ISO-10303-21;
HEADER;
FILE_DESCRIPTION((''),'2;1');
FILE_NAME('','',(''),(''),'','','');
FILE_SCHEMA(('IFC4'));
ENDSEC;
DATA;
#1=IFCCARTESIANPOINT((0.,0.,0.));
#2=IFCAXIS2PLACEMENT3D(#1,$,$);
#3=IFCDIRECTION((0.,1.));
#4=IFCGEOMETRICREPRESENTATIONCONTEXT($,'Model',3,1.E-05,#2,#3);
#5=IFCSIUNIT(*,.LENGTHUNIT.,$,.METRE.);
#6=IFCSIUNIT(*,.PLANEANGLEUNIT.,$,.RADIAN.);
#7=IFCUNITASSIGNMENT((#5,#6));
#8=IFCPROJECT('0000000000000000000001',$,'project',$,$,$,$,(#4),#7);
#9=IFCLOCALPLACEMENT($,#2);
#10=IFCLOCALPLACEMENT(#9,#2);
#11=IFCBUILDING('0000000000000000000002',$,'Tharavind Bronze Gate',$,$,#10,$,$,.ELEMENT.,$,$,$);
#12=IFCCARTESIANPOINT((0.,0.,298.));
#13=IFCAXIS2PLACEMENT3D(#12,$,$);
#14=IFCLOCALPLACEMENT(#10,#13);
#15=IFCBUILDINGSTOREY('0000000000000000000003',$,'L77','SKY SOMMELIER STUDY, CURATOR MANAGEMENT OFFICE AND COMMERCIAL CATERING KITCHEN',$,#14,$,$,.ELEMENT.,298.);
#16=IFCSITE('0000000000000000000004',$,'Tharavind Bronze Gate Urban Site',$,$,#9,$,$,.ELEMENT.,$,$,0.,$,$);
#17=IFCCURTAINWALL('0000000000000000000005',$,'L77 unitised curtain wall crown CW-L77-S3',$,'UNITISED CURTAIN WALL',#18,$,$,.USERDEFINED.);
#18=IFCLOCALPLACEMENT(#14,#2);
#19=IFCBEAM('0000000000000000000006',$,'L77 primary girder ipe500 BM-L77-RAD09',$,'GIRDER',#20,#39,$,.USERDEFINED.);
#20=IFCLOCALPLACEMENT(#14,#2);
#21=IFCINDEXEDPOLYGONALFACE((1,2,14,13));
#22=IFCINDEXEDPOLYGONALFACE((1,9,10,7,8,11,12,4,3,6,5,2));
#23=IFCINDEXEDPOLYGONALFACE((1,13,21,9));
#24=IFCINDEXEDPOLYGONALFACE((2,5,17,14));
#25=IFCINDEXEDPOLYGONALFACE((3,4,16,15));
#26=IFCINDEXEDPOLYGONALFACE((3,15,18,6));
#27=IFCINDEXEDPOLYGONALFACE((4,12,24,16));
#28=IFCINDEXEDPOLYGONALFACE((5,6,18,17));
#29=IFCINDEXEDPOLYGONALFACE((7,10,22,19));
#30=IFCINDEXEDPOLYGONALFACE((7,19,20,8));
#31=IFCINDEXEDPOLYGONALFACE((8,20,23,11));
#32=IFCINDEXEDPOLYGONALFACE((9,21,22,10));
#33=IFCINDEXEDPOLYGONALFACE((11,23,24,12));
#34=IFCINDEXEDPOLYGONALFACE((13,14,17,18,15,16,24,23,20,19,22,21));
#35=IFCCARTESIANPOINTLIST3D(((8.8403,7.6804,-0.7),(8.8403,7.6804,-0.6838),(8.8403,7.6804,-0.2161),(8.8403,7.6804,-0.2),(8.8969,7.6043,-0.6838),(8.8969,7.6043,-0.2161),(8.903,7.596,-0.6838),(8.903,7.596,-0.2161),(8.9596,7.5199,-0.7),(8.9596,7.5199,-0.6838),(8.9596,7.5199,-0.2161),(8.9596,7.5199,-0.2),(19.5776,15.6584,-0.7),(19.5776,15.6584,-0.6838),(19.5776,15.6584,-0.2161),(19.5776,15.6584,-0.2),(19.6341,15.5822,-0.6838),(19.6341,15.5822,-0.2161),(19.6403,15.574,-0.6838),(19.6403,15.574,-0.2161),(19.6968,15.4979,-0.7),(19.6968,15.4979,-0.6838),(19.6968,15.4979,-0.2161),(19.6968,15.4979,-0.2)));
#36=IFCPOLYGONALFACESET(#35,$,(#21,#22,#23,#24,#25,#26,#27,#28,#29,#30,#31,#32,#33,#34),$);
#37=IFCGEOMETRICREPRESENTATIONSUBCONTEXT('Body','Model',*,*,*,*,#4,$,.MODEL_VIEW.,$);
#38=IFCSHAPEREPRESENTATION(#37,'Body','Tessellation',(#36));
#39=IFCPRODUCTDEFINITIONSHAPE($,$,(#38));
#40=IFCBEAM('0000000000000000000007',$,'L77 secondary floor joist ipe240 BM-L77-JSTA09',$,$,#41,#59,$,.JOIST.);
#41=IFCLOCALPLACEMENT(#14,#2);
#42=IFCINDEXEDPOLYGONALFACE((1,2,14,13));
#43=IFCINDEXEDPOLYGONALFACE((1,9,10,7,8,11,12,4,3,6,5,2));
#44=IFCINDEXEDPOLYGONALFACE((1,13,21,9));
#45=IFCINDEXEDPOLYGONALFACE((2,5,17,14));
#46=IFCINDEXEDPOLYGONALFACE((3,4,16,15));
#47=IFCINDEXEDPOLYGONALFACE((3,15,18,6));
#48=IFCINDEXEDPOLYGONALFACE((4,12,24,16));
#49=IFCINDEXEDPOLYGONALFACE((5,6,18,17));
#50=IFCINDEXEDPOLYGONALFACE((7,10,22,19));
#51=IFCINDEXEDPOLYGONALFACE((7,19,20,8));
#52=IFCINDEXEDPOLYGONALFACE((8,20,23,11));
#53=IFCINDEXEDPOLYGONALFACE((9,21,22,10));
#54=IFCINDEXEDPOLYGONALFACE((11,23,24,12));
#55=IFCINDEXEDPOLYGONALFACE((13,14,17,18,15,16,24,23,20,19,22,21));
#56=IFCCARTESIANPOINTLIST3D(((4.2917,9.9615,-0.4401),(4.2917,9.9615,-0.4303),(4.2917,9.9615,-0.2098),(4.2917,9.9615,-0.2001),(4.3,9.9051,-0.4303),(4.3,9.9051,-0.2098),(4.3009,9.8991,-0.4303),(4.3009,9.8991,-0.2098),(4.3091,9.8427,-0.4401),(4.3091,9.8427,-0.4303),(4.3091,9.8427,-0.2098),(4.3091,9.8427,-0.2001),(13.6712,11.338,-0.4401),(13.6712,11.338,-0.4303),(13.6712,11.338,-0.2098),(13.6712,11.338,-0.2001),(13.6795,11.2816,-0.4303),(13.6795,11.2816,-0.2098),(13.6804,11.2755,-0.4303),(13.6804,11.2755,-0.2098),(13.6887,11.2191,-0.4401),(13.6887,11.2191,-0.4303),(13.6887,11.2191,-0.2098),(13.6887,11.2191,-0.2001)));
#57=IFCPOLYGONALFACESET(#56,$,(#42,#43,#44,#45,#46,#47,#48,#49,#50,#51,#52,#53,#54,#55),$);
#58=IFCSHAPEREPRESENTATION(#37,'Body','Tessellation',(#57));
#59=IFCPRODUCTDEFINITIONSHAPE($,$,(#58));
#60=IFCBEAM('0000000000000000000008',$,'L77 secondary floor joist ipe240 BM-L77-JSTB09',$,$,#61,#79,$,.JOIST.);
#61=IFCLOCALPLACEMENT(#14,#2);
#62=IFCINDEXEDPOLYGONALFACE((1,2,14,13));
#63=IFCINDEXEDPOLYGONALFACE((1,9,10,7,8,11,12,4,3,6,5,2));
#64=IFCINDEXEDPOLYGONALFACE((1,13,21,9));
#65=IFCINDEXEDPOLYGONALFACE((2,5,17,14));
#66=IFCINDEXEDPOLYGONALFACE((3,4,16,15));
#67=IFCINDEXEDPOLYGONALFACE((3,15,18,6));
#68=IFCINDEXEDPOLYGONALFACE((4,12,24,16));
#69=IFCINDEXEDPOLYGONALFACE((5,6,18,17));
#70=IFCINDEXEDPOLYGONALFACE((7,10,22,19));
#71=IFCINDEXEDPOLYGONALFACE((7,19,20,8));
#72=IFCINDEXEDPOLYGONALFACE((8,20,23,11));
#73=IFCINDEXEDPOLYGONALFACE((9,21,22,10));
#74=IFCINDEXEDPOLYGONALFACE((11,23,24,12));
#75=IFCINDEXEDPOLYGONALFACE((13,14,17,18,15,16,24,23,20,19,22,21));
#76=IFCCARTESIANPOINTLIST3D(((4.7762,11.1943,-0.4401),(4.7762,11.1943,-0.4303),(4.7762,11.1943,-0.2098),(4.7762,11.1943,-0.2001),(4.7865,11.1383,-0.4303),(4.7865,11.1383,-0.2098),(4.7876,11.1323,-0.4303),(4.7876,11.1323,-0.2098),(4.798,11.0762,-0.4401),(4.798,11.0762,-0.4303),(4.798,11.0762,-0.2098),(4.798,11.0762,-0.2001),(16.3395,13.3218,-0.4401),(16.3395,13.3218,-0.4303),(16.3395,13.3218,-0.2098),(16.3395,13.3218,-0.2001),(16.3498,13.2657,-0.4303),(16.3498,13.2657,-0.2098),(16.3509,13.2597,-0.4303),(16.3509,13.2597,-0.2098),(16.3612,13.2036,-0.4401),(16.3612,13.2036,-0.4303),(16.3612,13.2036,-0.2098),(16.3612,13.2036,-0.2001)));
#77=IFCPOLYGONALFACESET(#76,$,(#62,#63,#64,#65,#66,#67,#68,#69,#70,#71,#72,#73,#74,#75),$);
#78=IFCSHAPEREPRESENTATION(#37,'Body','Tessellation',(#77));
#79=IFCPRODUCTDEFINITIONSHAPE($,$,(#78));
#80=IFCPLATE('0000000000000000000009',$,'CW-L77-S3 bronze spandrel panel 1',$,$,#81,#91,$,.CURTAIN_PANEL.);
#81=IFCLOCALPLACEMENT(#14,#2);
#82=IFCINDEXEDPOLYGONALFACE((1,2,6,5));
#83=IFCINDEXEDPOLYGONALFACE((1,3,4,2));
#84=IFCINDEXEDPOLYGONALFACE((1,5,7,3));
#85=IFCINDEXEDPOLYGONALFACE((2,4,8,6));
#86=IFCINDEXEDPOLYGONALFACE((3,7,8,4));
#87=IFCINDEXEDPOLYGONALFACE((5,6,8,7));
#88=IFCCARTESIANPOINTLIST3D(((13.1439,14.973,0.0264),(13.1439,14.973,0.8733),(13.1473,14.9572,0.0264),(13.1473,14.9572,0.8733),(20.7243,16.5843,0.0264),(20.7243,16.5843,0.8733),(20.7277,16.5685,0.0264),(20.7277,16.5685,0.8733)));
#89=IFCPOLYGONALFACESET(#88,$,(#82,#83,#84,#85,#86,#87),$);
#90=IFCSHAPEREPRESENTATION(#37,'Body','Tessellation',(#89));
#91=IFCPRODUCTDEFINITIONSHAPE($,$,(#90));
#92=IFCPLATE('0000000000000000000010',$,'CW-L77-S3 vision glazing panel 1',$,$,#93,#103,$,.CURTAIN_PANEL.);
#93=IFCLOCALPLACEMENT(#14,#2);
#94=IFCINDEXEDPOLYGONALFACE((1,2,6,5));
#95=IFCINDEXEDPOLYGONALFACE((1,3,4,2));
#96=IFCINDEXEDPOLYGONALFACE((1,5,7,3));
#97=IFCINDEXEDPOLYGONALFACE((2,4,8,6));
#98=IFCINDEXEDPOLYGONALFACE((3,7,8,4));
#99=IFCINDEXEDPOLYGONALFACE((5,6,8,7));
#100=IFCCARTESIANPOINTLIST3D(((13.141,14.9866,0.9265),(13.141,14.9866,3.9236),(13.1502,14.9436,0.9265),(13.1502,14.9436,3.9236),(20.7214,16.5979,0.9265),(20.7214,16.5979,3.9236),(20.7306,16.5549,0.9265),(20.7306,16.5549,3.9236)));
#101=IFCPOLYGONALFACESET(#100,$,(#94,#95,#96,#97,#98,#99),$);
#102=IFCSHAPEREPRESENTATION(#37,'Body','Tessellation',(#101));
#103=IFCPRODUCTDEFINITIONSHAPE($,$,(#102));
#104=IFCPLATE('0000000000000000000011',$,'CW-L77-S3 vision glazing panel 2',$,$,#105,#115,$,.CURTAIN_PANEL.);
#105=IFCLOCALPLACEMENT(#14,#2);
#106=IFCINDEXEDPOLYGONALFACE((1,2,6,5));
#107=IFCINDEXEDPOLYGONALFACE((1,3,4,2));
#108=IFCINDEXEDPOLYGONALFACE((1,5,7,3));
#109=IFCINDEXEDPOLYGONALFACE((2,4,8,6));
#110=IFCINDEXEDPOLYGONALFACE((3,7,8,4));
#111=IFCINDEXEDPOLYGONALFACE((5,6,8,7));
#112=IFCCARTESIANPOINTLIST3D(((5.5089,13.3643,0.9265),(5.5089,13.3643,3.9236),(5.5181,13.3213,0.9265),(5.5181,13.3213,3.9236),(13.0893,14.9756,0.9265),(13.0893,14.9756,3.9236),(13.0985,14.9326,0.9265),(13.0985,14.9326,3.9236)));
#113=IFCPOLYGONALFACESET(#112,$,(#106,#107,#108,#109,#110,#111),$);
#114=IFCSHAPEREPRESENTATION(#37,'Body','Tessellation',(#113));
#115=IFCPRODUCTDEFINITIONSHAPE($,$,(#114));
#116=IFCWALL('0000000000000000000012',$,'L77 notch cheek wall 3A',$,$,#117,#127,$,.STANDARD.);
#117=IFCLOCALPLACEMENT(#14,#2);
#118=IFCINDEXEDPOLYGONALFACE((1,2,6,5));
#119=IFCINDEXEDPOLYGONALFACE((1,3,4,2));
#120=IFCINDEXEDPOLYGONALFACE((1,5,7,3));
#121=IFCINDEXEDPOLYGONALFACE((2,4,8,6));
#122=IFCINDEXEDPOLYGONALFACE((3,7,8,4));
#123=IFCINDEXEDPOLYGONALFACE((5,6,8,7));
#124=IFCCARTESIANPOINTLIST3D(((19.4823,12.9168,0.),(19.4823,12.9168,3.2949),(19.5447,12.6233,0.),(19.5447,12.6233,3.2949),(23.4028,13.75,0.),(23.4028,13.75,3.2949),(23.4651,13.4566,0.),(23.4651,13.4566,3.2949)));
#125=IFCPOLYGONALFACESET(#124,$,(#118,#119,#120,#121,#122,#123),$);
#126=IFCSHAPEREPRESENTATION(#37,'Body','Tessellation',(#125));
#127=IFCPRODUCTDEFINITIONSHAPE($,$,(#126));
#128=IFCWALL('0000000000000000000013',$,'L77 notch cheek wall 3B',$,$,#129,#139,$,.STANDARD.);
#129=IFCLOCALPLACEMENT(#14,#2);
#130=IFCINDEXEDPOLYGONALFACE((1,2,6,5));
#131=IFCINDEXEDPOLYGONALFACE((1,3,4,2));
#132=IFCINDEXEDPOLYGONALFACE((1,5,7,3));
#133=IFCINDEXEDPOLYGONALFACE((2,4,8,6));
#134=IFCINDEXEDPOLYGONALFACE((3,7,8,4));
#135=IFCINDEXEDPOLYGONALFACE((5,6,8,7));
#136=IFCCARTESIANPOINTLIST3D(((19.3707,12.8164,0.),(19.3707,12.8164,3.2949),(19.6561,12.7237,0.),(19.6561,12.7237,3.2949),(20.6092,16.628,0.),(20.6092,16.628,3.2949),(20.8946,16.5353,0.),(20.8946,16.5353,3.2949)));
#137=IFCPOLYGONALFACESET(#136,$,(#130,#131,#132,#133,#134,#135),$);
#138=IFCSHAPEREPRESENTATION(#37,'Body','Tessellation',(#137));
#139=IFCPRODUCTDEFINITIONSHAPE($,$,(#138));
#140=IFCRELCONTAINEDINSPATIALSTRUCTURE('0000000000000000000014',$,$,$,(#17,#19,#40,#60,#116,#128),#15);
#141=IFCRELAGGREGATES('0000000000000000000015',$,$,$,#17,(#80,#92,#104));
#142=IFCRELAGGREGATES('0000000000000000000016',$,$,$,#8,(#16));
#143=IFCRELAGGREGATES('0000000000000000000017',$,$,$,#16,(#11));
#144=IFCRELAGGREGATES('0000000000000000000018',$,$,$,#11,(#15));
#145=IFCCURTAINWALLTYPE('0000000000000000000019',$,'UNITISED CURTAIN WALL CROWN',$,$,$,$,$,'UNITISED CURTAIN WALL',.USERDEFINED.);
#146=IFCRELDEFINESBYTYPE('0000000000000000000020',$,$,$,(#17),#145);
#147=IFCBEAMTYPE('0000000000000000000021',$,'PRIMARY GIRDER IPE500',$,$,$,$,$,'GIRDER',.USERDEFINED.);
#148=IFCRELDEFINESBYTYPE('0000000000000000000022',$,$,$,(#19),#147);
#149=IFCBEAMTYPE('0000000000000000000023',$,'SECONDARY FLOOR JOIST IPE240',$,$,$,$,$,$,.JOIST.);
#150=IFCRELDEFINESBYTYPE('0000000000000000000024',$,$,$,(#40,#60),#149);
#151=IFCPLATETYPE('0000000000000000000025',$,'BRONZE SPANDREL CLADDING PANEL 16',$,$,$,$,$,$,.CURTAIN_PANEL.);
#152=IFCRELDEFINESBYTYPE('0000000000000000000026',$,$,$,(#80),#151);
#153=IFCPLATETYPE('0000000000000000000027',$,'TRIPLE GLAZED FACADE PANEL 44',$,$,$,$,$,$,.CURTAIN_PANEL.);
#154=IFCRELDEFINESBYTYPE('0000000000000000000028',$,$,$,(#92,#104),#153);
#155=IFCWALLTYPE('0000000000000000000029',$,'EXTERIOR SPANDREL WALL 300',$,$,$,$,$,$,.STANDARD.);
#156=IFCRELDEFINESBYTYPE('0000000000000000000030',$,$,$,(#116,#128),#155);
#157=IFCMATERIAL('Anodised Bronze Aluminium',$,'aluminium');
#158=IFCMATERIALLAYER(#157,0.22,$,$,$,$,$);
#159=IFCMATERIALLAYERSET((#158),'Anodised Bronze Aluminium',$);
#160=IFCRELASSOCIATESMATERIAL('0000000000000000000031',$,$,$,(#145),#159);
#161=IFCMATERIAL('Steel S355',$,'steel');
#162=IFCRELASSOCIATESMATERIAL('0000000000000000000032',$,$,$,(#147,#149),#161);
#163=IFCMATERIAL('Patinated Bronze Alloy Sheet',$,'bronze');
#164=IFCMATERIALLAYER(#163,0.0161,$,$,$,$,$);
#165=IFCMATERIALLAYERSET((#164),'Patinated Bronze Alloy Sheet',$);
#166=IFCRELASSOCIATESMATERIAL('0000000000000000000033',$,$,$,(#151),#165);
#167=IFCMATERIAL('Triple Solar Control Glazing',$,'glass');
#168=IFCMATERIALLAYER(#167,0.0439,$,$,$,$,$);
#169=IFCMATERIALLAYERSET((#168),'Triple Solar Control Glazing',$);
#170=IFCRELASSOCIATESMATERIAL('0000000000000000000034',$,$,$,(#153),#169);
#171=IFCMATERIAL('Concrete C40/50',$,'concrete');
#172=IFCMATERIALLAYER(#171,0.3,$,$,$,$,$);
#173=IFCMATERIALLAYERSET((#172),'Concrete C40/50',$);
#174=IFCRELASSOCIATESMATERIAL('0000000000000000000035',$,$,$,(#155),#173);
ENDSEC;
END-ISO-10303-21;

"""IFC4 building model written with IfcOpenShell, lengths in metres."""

from ifc_helpers import new_model, si_unit, direction, frame, frame_2d, origin, origin_2d, place, context, subcontext, project, spatial, rectangle, i_section, extrude, material, layer, layer_set, material_profile, profile_set, type_object, element, aggregate, save


model = new_model("IFC4")

# Units and contexts
model_context = context("Model", 3, precision=1e-05, world=origin(), true_north=direction((0.0, 1.0)))
body_context = subcontext(model_context, "Body", "Model", "MODEL_VIEW")
ifc_project = project(units=[si_unit("LENGTHUNIT", "METRE"), si_unit("PLANEANGLEUNIT", "RADIAN")], contexts=[model_context])

# Site, building, storey
site_placement = place(None, origin())
site = spatial("IfcSite", under=ifc_project, at=site_placement, Name="Tharavind Bronze Gate Urban Site", CompositionType="ELEMENT", RefElevation=0.0)
building_placement = place(site_placement, origin())
building = spatial("IfcBuilding", under=site, at=building_placement, Name="Tharavind Bronze Gate", CompositionType="ELEMENT")
storey_placement = place(building_placement, frame((0.0, 0.0, 298.0)))
storey = spatial("IfcBuildingStorey", under=building, at=storey_placement, Name="L77", Description="SKY SOMMELIER STUDY, CURATOR MANAGEMENT OFFICE AND COMMERCIAL CATERING KITCHEN", CompositionType="ELEMENT", Elevation=298.0)

# Shared definitions
ifc_material_1 = material(Name="Anodised Bronze Aluminium", Category="aluminium")
ifc_layer_1 = layer(ifc_material_1, 0.22)
ifc_layer_set_1 = layer_set([ifc_layer_1], Name="Anodised Bronze Aluminium")
curtain_wall_type = type_object("IfcCurtainWallType", Name="UNITISED CURTAIN WALL CROWN", ElementType="UNITISED CURTAIN WALL", PredefinedType="USERDEFINED", material=ifc_layer_set_1)

# Curtain wall
curtain_wall_1_placement = place(storey_placement, origin())
curtain_wall_1 = element("IfcCurtainWall", 1, at=curtain_wall_1_placement, inside=storey, type_object=curtain_wall_type, Name="L77 unitised curtain wall crown CW-L77-S3", ObjectType="UNITISED CURTAIN WALL", PredefinedType="USERDEFINED")

# Beams
ifc_material_2 = material(Name="Steel S355", Category="steel")
ifc_material_profile_1 = material_profile(ifc_material_2, i_section(OverallWidth=0.2, OverallDepth=0.5, WebThickness=0.0103, FlangeThickness=0.0161, at=origin_2d()), Name="IPE500")
ifc_profile_set_1 = profile_set([ifc_material_profile_1], Name="Steel S355")
beam_type_1 = type_object("IfcBeamType", Name="PRIMARY GIRDER IPE500", ElementType="GIRDER", PredefinedType="USERDEFINED", material=ifc_profile_set_1)
beam_1_placement = place(storey_placement, frame((19.6372, 15.5781, -0.45), z_axis=(-0.802681, -0.596408, 0.0), x_axis=(0.596408, -0.802681, 0.0)))
element("IfcBeam", 2, at=beam_1_placement, inside=storey, type_object=beam_type_1, Name="L77 primary girder ipe500 BM-L77-RAD09", ObjectType="GIRDER", PredefinedType="USERDEFINED", context=body_context, shape_type="SweptSolid", body=[
    extrude(i_section(OverallWidth=0.2, OverallDepth=0.5, WebThickness=0.0103, FlangeThickness=0.0161, at=origin_2d()), origin(), (0.0, 0.0, 1.0), 13.3767),
])
ifc_material_profile_2 = material_profile(ifc_material_2, i_section(OverallWidth=0.1201, OverallDepth=0.24, WebThickness=0.0061, FlangeThickness=0.0098, at=origin_2d()), Name="IPE240")
ifc_profile_set_2 = profile_set([ifc_material_profile_2], Name="Steel S355")
beam_type_2 = type_object("IfcBeamType", Name="SECONDARY FLOOR JOIST IPE240", PredefinedType="JOIST", material=ifc_profile_set_2)
beam_2_placement = place(storey_placement, frame((13.6799, 11.2786, -0.3201), z_axis=(-0.989403, -0.145195, 0.0), x_axis=(0.145195, -0.989403, 0.0)))
element("IfcBeam", 3, at=beam_2_placement, inside=storey, type_object=beam_type_2, Name="L77 secondary floor joist ipe240 BM-L77-JSTA09", PredefinedType="JOIST", context=body_context, shape_type="SweptSolid", body=[
    extrude(i_section(OverallWidth=0.1201, OverallDepth=0.24, WebThickness=0.0061, FlangeThickness=0.0098, at=origin_2d()), origin(), (0.0, 0.0, 1.0), 9.48),
])
beam_3_placement = place(storey_placement, frame((16.3503, 13.2627, -0.3201), z_axis=(-0.983493, -0.180946, 0.0), x_axis=(0.180946, -0.983493, 0.0)))
element("IfcBeam", 4, at=beam_3_placement, inside=storey, type_object=beam_type_2, Name="L77 secondary floor joist ipe240 BM-L77-JSTB09", PredefinedType="JOIST", context=body_context, shape_type="SweptSolid", body=[
    extrude(i_section(OverallWidth=0.1201, OverallDepth=0.24, WebThickness=0.0061, FlangeThickness=0.0098, at=origin_2d()), origin(), (0.0, 0.0, 1.0), 11.7573),
])

# Plates
ifc_material_3 = material(Name="Patinated Bronze Alloy Sheet", Category="bronze")
ifc_layer_2 = layer(ifc_material_3, 0.0161)
ifc_layer_set_2 = layer_set([ifc_layer_2], Name="Patinated Bronze Alloy Sheet")
plate_type_1 = type_object("IfcPlateType", Name="BRONZE SPANDREL CLADDING PANEL 16", PredefinedType="CURTAIN_PANEL", material=ifc_layer_set_2)
plate_1_placement = place(storey_placement, frame((16.9358, 15.7708, 0.0264), z_axis=(0.0, 0.0, 1.0), x_axis=(-0.978147, -0.207913, 0.0)))
plate_1 = element("IfcPlate", 5, at=plate_1_placement, type_object=plate_type_1, Name="CW-L77-S3 bronze spandrel panel 1", PredefinedType="CURTAIN_PANEL", context=body_context, shape_type="SweptSolid", body=[
    extrude(rectangle(XDim=7.7498, YDim=0.0161, at=origin_2d()), origin(), (0.0, 0.0, 1.0), 0.8469),
])
ifc_material_4 = material(Name="Triple Solar Control Glazing", Category="glass")
ifc_layer_3 = layer(ifc_material_4, 0.0439)
ifc_layer_set_3 = layer_set([ifc_layer_3], Name="Triple Solar Control Glazing")
plate_type_2 = type_object("IfcPlateType", Name="TRIPLE GLAZED FACADE PANEL 44", PredefinedType="CURTAIN_PANEL", material=ifc_layer_set_3)
plate_2_placement = place(storey_placement, frame((16.9358, 15.7708, 0.9265), z_axis=(0.0, 0.0, 1.0), x_axis=(-0.978147, -0.207913, 0.0)))
plate_2 = element("IfcPlate", 6, at=plate_2_placement, type_object=plate_type_2, Name="CW-L77-S3 vision glazing panel 1", PredefinedType="CURTAIN_PANEL", context=body_context, shape_type="SweptSolid", body=[
    extrude(rectangle(XDim=7.7498, YDim=0.0439, at=origin_2d()), origin(), (0.0, 0.0, 1.0), 2.9971),
])
plate_3_placement = place(storey_placement, frame((9.3037, 14.1484, 0.9265), z_axis=(0.0, 0.0, 1.0), x_axis=(-0.978147, -0.207913, 0.0)))
plate_3 = element("IfcPlate", 7, at=plate_3_placement, type_object=plate_type_2, Name="CW-L77-S3 vision glazing panel 2", PredefinedType="CURTAIN_PANEL", context=body_context, shape_type="SweptSolid", body=[
    extrude(rectangle(XDim=7.7498, YDim=0.0439, at=origin_2d()), origin(), (0.0, 0.0, 1.0), 2.9971),
])
aggregate(curtain_wall_1, [plate_1, plate_2, plate_3])

# Walls
ifc_material_5 = material(Name="Concrete C40/50", Category="concrete")
ifc_layer_4 = layer(ifc_material_5, 0.3)
ifc_layer_set_4 = layer_set([ifc_layer_4], Name="Concrete C40/50")
wall_type = type_object("IfcWallType", Name="EXTERIOR SPANDREL WALL 300", PredefinedType="STANDARD", material=ifc_layer_set_4)
wall_1_placement = place(storey_placement, frame((23.4338, 13.6033, 0.0), z_axis=(0.0, 0.0, 1.0), x_axis=(-0.97815, -0.207898, 0.0)))
element("IfcWall", 8, at=wall_1_placement, inside=storey, type_object=wall_type, Name="L77 notch cheek wall 3A", PredefinedType="STANDARD", context=body_context, shape_type="SweptSolid", body=[
    extrude(rectangle(XDim=4.0081, YDim=0.3, at=frame_2d((2.0039, 0.0))), origin(), (0.0, 0.0, 1.0), 3.2949),
])
wall_2_placement = place(storey_placement, frame((19.5134, 12.77, 0.0), z_axis=(0.0, 0.0, 1.0), x_axis=(0.309019, 0.951056, 0.0)))
element("IfcWall", 9, at=wall_2_placement, inside=storey, type_object=wall_type, Name="L77 notch cheek wall 3B", PredefinedType="STANDARD", context=body_context, shape_type="SweptSolid", body=[
    extrude(rectangle(XDim=4.0078, YDim=0.3, at=frame_2d((2.0039, 0.0))), origin(), (0.0, 0.0, 1.0), 3.2949),
])

save(model, "model.ifc")
